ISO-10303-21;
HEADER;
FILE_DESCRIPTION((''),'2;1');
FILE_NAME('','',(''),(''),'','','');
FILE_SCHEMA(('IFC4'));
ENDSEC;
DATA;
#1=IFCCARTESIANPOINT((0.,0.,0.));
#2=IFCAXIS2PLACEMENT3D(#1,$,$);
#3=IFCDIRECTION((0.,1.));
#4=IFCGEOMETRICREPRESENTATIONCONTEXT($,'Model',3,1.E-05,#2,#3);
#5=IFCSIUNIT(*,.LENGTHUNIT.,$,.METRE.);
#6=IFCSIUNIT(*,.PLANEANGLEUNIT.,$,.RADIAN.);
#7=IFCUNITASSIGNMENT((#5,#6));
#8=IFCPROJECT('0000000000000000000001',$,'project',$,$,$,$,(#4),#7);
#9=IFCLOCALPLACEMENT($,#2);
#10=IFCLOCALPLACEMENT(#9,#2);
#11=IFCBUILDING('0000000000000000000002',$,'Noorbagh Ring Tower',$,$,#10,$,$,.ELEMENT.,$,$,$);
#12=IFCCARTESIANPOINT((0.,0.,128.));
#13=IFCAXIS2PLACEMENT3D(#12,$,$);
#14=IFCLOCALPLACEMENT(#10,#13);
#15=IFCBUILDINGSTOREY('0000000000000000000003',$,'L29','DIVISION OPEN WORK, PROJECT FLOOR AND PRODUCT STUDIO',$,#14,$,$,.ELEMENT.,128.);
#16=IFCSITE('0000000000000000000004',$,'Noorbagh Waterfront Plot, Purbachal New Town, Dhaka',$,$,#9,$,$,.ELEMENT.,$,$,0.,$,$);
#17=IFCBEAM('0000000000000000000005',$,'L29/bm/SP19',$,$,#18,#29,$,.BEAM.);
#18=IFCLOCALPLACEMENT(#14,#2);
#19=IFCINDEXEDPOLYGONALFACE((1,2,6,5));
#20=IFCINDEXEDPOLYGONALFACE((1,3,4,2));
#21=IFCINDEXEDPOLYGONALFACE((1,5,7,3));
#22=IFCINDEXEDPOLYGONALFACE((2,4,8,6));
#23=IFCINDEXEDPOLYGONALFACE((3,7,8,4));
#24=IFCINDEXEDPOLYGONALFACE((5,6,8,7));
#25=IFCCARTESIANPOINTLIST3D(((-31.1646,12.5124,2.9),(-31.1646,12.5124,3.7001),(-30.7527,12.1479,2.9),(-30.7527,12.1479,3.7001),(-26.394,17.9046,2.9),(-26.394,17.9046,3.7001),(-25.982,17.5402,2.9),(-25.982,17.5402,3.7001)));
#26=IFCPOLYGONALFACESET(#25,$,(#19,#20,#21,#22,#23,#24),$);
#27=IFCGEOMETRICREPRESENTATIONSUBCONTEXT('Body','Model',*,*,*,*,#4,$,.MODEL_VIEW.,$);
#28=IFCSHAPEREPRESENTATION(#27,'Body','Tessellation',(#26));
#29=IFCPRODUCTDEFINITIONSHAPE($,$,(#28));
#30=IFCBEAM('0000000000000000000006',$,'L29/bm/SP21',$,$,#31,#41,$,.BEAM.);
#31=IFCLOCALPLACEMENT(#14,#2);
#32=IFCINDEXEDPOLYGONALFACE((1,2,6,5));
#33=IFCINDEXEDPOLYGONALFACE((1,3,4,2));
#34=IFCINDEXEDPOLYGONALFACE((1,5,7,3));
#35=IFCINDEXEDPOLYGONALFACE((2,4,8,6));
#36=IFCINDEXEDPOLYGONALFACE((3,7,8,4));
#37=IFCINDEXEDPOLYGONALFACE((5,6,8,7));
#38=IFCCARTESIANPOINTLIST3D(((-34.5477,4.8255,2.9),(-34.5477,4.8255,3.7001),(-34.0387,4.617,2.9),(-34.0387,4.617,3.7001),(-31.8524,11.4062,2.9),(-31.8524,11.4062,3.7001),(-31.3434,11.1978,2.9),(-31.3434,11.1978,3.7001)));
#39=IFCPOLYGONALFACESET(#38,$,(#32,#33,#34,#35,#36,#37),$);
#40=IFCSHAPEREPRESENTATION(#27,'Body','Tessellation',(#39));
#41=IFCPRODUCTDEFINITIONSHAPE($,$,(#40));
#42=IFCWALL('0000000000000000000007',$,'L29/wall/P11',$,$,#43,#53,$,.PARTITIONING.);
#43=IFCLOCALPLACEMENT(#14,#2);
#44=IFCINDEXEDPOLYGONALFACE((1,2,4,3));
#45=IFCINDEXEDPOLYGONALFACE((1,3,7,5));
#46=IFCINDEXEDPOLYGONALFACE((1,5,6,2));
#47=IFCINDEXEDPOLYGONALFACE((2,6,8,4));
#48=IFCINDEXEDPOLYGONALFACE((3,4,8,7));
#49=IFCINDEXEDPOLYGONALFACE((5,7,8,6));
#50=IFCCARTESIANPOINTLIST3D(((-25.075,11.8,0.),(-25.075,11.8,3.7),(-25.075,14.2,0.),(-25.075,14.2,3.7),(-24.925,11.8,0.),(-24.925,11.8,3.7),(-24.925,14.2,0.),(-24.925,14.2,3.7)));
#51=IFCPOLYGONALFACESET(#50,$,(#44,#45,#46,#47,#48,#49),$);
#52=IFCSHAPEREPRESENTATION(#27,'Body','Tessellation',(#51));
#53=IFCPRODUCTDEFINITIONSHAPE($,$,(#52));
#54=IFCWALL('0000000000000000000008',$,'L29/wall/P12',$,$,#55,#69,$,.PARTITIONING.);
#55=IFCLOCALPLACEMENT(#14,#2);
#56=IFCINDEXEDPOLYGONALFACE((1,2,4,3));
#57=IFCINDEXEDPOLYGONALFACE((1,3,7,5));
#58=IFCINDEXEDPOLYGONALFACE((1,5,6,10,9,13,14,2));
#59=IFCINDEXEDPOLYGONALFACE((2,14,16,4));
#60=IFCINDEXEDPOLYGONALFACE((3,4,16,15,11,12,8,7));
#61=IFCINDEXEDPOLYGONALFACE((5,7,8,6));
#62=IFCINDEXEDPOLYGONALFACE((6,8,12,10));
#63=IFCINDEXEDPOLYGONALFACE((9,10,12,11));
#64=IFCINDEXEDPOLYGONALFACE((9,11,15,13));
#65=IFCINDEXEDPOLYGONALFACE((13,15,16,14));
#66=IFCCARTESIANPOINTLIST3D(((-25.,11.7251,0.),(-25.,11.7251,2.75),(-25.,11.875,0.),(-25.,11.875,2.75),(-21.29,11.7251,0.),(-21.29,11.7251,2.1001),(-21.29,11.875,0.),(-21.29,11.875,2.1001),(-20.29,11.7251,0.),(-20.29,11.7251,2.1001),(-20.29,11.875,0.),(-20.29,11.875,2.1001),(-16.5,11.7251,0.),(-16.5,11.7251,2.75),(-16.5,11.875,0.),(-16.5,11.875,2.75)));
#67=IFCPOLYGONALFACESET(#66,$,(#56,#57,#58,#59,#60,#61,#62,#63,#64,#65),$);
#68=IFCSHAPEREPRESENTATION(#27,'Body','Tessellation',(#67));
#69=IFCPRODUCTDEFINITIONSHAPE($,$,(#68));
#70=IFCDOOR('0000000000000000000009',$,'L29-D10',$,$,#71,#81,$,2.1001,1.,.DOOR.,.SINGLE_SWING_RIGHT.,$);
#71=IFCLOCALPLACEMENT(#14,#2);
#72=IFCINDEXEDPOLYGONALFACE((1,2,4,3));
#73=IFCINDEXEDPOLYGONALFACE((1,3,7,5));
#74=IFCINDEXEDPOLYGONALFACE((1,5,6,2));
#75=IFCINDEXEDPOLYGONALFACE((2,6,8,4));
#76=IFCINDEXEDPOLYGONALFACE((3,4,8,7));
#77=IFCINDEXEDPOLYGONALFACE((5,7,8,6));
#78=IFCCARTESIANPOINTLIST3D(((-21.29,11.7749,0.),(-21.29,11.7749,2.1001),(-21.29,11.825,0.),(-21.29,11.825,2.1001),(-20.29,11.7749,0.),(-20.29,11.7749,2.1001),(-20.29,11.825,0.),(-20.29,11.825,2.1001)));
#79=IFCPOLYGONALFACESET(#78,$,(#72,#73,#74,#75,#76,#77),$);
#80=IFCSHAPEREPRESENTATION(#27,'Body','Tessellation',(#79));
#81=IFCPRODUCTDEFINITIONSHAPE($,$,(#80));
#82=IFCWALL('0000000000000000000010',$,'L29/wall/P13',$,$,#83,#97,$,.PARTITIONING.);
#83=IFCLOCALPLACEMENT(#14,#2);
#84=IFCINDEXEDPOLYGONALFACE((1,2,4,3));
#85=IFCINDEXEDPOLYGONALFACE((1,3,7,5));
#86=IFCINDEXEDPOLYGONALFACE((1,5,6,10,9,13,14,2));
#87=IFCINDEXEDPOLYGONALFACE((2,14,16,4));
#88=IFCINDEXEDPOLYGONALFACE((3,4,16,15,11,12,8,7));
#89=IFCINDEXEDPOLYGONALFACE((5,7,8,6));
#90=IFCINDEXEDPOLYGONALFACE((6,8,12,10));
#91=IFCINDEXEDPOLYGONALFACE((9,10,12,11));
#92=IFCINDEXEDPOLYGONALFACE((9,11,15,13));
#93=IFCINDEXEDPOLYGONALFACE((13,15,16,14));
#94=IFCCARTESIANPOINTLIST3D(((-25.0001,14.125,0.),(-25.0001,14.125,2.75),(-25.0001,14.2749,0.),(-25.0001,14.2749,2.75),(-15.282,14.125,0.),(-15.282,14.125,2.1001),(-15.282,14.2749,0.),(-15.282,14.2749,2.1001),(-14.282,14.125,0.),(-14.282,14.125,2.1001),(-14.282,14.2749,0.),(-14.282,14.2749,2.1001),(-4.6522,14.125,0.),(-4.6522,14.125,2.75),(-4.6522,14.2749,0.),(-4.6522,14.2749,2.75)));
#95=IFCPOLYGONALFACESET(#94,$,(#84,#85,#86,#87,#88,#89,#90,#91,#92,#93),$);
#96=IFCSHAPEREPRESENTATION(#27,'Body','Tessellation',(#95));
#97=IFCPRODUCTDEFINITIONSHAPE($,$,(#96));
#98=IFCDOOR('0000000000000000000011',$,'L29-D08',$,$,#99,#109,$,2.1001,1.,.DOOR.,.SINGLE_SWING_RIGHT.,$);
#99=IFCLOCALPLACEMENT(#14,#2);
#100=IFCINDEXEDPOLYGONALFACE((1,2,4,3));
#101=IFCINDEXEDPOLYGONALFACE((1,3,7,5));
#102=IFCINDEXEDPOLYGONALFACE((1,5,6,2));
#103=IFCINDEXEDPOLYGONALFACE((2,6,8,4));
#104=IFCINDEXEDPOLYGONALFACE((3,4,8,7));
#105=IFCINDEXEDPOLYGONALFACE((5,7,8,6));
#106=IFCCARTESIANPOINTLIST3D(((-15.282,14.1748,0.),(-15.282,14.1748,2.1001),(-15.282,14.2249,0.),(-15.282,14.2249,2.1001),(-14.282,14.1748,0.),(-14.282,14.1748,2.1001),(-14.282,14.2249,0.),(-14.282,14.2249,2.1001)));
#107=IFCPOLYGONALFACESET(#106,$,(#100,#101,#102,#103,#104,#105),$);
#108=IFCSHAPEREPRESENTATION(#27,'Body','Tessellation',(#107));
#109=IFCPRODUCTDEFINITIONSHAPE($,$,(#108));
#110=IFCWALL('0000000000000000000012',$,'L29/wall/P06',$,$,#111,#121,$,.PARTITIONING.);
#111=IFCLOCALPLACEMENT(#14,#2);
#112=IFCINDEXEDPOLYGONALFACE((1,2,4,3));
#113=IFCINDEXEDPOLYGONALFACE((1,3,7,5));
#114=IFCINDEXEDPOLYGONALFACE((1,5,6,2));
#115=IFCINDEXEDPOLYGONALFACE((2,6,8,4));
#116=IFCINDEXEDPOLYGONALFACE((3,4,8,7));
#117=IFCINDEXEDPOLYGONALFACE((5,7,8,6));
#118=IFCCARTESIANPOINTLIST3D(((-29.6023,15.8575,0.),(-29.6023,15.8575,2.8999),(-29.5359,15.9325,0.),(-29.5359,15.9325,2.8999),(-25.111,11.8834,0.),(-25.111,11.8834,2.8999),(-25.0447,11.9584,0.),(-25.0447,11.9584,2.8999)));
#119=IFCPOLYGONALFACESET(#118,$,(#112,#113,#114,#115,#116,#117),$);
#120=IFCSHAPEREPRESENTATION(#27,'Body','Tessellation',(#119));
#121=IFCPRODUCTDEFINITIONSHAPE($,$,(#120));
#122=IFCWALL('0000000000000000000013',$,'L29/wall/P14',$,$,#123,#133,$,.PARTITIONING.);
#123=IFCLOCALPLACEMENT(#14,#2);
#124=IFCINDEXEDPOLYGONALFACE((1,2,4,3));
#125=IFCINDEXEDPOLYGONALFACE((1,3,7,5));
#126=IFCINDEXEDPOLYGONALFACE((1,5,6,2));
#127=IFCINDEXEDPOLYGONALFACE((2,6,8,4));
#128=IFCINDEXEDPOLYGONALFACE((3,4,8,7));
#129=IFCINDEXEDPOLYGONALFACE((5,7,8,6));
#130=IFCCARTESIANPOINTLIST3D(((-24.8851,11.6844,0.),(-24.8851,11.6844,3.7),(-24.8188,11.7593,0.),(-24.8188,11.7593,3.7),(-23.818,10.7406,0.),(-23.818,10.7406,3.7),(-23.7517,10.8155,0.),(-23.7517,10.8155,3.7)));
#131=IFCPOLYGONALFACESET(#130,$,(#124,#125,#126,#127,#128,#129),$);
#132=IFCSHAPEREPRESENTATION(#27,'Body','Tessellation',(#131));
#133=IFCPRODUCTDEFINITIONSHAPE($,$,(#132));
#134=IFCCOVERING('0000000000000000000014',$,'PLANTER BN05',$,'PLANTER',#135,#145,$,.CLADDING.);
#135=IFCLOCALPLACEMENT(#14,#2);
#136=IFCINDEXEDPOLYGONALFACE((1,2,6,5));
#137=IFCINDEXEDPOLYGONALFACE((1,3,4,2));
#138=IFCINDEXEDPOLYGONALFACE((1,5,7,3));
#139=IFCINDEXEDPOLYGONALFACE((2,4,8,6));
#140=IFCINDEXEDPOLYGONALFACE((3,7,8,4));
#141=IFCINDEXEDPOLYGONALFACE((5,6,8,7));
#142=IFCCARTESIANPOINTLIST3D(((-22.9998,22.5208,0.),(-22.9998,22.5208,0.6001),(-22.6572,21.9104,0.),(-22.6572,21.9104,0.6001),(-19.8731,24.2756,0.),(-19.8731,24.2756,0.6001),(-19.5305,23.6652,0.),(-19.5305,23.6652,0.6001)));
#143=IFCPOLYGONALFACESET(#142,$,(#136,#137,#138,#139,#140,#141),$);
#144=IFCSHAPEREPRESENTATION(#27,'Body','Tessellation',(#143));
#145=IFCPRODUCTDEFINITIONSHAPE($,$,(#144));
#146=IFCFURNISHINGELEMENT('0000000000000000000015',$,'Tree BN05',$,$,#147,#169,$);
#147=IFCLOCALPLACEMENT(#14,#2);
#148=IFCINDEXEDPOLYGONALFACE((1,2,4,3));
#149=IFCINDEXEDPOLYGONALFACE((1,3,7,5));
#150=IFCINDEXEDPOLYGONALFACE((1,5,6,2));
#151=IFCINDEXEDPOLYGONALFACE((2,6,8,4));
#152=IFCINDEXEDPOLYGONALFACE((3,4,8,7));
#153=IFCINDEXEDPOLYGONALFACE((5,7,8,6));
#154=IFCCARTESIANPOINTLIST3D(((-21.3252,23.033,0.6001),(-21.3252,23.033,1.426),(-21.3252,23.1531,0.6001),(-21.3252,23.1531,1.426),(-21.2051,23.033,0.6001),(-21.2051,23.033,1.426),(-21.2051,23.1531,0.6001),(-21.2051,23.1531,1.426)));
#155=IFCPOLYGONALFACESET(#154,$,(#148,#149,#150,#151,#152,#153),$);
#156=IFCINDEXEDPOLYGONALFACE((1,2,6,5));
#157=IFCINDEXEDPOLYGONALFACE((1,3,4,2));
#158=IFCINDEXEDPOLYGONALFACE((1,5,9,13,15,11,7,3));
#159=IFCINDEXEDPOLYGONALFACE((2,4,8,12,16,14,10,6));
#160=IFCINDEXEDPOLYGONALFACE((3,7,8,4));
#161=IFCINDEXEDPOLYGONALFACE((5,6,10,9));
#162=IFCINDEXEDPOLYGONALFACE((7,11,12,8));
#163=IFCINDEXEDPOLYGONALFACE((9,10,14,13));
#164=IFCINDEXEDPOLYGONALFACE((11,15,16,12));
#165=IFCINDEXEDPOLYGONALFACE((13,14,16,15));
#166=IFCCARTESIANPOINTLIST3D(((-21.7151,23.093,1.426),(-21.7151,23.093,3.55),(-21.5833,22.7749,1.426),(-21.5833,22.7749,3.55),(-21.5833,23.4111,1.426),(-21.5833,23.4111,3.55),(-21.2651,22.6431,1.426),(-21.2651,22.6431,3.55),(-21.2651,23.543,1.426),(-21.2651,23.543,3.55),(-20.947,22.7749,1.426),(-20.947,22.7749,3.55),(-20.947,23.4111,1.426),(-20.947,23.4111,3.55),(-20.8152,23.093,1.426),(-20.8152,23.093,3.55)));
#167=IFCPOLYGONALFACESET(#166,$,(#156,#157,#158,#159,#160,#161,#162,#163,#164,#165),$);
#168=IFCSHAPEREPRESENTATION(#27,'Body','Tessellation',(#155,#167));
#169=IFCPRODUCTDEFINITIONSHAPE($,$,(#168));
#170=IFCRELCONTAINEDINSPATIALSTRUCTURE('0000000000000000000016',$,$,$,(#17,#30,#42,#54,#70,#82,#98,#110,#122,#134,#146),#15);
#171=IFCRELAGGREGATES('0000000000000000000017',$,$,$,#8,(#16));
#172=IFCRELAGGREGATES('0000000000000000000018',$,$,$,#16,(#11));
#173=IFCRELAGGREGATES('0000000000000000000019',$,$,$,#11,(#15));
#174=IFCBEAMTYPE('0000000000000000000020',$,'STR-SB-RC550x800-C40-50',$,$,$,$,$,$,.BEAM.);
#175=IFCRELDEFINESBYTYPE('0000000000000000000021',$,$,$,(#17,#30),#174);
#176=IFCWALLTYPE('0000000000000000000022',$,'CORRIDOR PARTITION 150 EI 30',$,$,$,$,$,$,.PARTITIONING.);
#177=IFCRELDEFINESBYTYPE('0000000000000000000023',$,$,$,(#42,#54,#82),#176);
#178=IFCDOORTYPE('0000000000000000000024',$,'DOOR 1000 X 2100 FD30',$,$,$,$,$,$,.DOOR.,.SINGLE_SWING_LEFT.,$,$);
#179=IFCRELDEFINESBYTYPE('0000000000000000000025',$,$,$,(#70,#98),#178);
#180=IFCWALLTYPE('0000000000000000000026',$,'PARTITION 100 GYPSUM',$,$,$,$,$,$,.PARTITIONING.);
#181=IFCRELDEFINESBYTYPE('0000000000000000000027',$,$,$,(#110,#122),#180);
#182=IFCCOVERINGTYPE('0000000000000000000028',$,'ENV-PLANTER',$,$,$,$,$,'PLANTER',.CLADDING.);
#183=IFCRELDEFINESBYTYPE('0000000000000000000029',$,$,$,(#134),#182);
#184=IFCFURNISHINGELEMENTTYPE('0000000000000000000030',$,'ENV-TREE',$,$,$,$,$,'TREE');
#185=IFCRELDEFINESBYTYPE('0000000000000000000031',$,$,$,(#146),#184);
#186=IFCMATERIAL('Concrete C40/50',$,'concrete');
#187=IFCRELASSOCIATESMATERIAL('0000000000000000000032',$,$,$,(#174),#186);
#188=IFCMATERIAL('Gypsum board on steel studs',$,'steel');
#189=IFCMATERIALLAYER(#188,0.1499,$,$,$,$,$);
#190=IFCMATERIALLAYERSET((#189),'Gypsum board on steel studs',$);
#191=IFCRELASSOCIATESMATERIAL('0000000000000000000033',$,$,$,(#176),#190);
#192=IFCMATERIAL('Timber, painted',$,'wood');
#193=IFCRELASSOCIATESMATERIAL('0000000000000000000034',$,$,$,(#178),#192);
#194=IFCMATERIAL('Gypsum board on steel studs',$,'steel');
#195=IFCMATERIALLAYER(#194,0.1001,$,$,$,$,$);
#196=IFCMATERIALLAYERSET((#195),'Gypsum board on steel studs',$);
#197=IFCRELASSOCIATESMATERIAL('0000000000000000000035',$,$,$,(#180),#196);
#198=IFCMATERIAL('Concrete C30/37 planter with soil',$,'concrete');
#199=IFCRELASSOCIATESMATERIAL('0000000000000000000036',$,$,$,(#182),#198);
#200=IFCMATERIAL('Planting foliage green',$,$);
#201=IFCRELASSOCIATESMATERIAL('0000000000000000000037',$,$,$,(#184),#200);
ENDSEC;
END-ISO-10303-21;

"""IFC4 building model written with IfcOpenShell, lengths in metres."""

from ifc_helpers import new_model, si_unit, direction, frame, frame_2d, origin, origin_2d, place, context, subcontext, project, spatial, polyline, rectangle, outline, extrude, material, layer, layer_set, material_profile, profile_set, type_object, element, fill, save


model = new_model("IFC4")

# Units and contexts
model_context = context("Model", 3, precision=1e-05, world=origin(), true_north=direction((0.0, 1.0)))
body_context = subcontext(model_context, "Body", "Model", "MODEL_VIEW")
ifc_project = project(units=[si_unit("LENGTHUNIT", "METRE"), si_unit("PLANEANGLEUNIT", "RADIAN")], contexts=[model_context])

# Site, building, storey
site_placement = place(None, origin())
site = spatial("IfcSite", under=ifc_project, at=site_placement, Name="Noorbagh Waterfront Plot, Purbachal New Town, Dhaka", CompositionType="ELEMENT", RefElevation=0.0)
building_placement = place(site_placement, origin())
building = spatial("IfcBuilding", under=site, at=building_placement, Name="Noorbagh Ring Tower", CompositionType="ELEMENT")
storey_placement = place(building_placement, frame((0.0, 0.0, 128.0)))
storey = spatial("IfcBuildingStorey", under=building, at=storey_placement, Name="L29", Description="DIVISION OPEN WORK, PROJECT FLOOR AND PRODUCT STUDIO", CompositionType="ELEMENT", Elevation=128.0)

# Beams
ifc_material_1 = material(Name="Concrete C40/50", Category="concrete")
ifc_material_profile_1 = material_profile(ifc_material_1, rectangle(XDim=0.55, YDim=0.8, at=origin_2d()), Name="RC550x800")
ifc_profile_set_1 = profile_set([ifc_material_profile_1], Name="Concrete C40/50")
beam_type_1 = type_object("IfcBeamType", Name="STR-SB-RC550x800-C40-50", PredefinedType="BEAM", material=ifc_profile_set_1)
beam_1_placement = place(storey_placement, frame((-26.188, 17.7224, 3.3), z_axis=(-0.662621, -0.748954, 0.0), x_axis=(0.748954, -0.662621, 0.0)))
element("IfcBeam", 1, at=beam_1_placement, inside=storey, type_object=beam_type_1, Name="L29/bm/SP19", PredefinedType="BEAM", context=body_context, shape_type="SweptSolid", body=[
    extrude(rectangle(XDim=0.55, YDim=0.8, at=origin_2d()), origin(), (0.0, 0.0, 1.0), 7.1997),
])
beam_2_placement = place(storey_placement, frame((-31.5979, 11.302, 3.3), z_axis=(-0.379014, -0.925391, 0.0), x_axis=(0.925391, -0.379014, 0.0)))
element("IfcBeam", 2, at=beam_2_placement, inside=storey, type_object=beam_type_1, Name="L29/bm/SP21", PredefinedType="BEAM", context=body_context, shape_type="SweptSolid", body=[
    extrude(rectangle(XDim=0.55, YDim=0.8, at=origin_2d()), origin(), (0.0, 0.0, 1.0), 7.1113),
])

# Wall
ifc_material_2 = material(Name="Gypsum board on steel studs", Category="steel")
ifc_layer_1 = layer(ifc_material_2, 0.1499)
ifc_layer_set_1 = layer_set([ifc_layer_1], Name="Gypsum board on steel studs")
wall_type_1 = type_object("IfcWallType", Name="CORRIDOR PARTITION 150 EI 30", PredefinedType="PARTITIONING", material=ifc_layer_set_1)
wall_1_placement = place(storey_placement, frame((-25.0, 11.8, 0.0), z_axis=(0.0, 0.0, 1.0), x_axis=(0.0, 1.0, 0.0)))
element("IfcWall", 3, at=wall_1_placement, inside=storey, type_object=wall_type_1, Name="L29/wall/P11", PredefinedType="PARTITIONING", context=body_context, shape_type="SweptSolid", body=[
    extrude(rectangle(XDim=2.3999, YDim=0.1499, at=frame_2d((1.2, 0.0))), origin(), (0.0, 0.0, 1.0), 3.7),
])

# Walls, openings, doors
wall_2_placement = place(storey_placement, frame((-25.0, 11.8, 0.0), z_axis=(0.0, 0.0, 1.0), x_axis=(1.0, 0.0, 0.0)))
wall_2 = element("IfcWall", 4, at=wall_2_placement, inside=storey, type_object=wall_type_1, Name="L29/wall/P12", PredefinedType="PARTITIONING", context=body_context, shape_type="SweptSolid", body=[
    extrude(rectangle(XDim=8.5, YDim=0.1499, at=frame_2d((4.25, 0.0))), origin(), (0.0, 0.0, 1.0), 2.75),
])
opening_1_placement = place(wall_2_placement, frame((3.71, 0.0, 0.0)))
opening_1 = element("IfcOpeningElement", 5, at=opening_1_placement, cuts=wall_2, PredefinedType="OPENING", context=body_context, shape_type="SweptSolid", body=[
    extrude(rectangle(XDim=1.0, YDim=2.1001, at=frame_2d((0.5, 1.05))), frame((0.0, 0.085, 0.0), z_axis=(0.0, -1.0, 0.0), x_axis=(1.0, 0.0, 0.0)), (0.0, 0.0, 1.0), 0.1699),
])
ifc_material_3 = material(Name="Timber, painted", Category="wood")
door_type = type_object("IfcDoorType", Name="DOOR 1000 X 2100 FD30", OperationType="SINGLE_SWING_LEFT", PredefinedType="DOOR", material=ifc_material_3)
door_1_placement = place(opening_1_placement, origin())
door_1 = element("IfcDoor", 6, at=door_1_placement, inside=storey, type_object=door_type, Name="L29-D10", OperationType="SINGLE_SWING_RIGHT", OverallHeight=2.1001, OverallWidth=1.0, PredefinedType="DOOR", context=body_context, shape_type="SweptSolid", body=[
    extrude(rectangle(XDim=1.0, YDim=2.1001, at=frame_2d((0.5, 1.05))), frame((0.0, 0.0249, 0.0), z_axis=(0.0, -1.0, 0.0), x_axis=(1.0, 0.0, 0.0)), (0.0, 0.0, 1.0), 0.05),
])
fill(opening_1, door_1)
wall_3_placement = place(storey_placement, frame((-25.0, 14.2, 0.0), z_axis=(0.0, 0.0, 1.0), x_axis=(1.0, 0.0, 0.0)))
wall_3 = element("IfcWall", 7, at=wall_3_placement, inside=storey, type_object=wall_type_1, Name="L29/wall/P13", PredefinedType="PARTITIONING", context=body_context, shape_type="SweptSolid", body=[
    extrude(rectangle(XDim=20.3479, YDim=0.1499, at=frame_2d((10.1738, 0.0))), origin(), (0.0, 0.0, 1.0), 2.75),
])
opening_2_placement = place(wall_3_placement, frame((9.718, 0.0, 0.0)))
opening_2 = element("IfcOpeningElement", 8, at=opening_2_placement, cuts=wall_3, PredefinedType="OPENING", context=body_context, shape_type="SweptSolid", body=[
    extrude(rectangle(XDim=1.0, YDim=2.1001, at=frame_2d((0.5, 1.05))), frame((0.0, 0.085, 0.0), z_axis=(0.0, -1.0, 0.0), x_axis=(1.0, 0.0, 0.0)), (0.0, 0.0, 1.0), 0.1699),
])
door_2_placement = place(opening_2_placement, origin())
door_2 = element("IfcDoor", 9, at=door_2_placement, inside=storey, type_object=door_type, Name="L29-D08", OperationType="SINGLE_SWING_RIGHT", OverallHeight=2.1001, OverallWidth=1.0, PredefinedType="DOOR", context=body_context, shape_type="SweptSolid", body=[
    extrude(rectangle(XDim=1.0, YDim=2.1001, at=frame_2d((0.5, 1.05))), frame((0.0, 0.0249, 0.0), z_axis=(0.0, -1.0, 0.0), x_axis=(1.0, 0.0, 0.0)), (0.0, 0.0, 1.0), 0.05),
])
fill(opening_2, door_2)

# Walls
ifc_material_4 = material(Name="Gypsum board on steel studs", Category="steel")
ifc_layer_2 = layer(ifc_material_4, 0.1001)
ifc_layer_set_2 = layer_set([ifc_layer_2], Name="Gypsum board on steel studs")
wall_type_2 = type_object("IfcWallType", Name="PARTITION 100 GYPSUM", PredefinedType="PARTITIONING", material=ifc_layer_set_2)
wall_4_placement = place(storey_placement, frame((-29.5691, 15.895, 0.0), z_axis=(0.0, 0.0, 1.0), x_axis=(0.748903, -0.662679, 0.0)))
element("IfcWall", 10, at=wall_4_placement, inside=storey, type_object=wall_type_2, Name="L29/wall/P06", PredefinedType="PARTITIONING", context=body_context, shape_type="SweptSolid", body=[
    extrude(rectangle(XDim=5.9971, YDim=0.1001, at=frame_2d((2.9985, 0.0))), origin(), (0.0, 0.0, 1.0), 2.8999),
])
wall_5_placement = place(storey_placement, frame((-24.8521, 11.7219, 0.0), z_axis=(0.0, 0.0, 1.0), x_axis=(0.749052, -0.662511, 0.0)))
element("IfcWall", 11, at=wall_5_placement, inside=storey, type_object=wall_type_2, Name="L29/wall/P14", PredefinedType="PARTITIONING", context=body_context, shape_type="SweptSolid", body=[
    extrude(rectangle(XDim=1.4246, YDim=0.1001, at=frame_2d((0.7124, 0.0))), origin(), (0.0, 0.0, 1.0), 3.7),
])

# Covering
ifc_material_5 = material(Name="Concrete C30/37 planter with soil", Category="concrete")
covering_type = type_object("IfcCoveringType", Name="ENV-PLANTER", ElementType="PLANTER", PredefinedType="CLADDING", material=ifc_material_5)
covering_placement = place(storey_placement, frame((-21.2651, 23.093, 0.0), z_axis=(0.0, 0.0, 1.0), x_axis=(-0.872045, -0.489426, 0.0)))
element("IfcCovering", 12, at=covering_placement, inside=storey, type_object=covering_type, Name="PLANTER BN05", ObjectType="PLANTER", PredefinedType="CLADDING", context=body_context, shape_type="SweptSolid", body=[
    extrude(rectangle(XDim=3.5854, YDim=0.7, at=origin_2d()), origin(), (0.0, 0.0, 1.0), 0.6001),
])

# Furnishing element
ifc_material_6 = material(Name="Planting foliage green")
furnishing_element_type = type_object("IfcFurnishingElementType", Name="ENV-TREE", ElementType="TREE", material=ifc_material_6)
furnishing_placement = place(storey_placement, frame((-21.2651, 23.093, 0.6001), z_axis=(0.0, 0.0, 1.0), x_axis=(1.0, 0.0, 0.0)))
element("IfcFurnishingElement", 13, at=furnishing_placement, inside=storey, type_object=furnishing_element_type, Name="Tree BN05", context=body_context, shape_type="SweptSolid", body=[
    extrude(rectangle(XDim=0.1201, YDim=0.1201, at=origin_2d()), origin(), (0.0, 0.0, 1.0), 0.8259),
    extrude(outline(polyline([(0.45, 0.0), (0.3181, 0.3181), (0.0, 0.45), (-0.3181, 0.3181), (-0.45, 0.0), (-0.3181, -0.3181), (0.0, -0.45), (0.3181, -0.3181), (0.45, 0.0)])), frame((0.0, 0.0, 0.8259)), (0.0, 0.0, 1.0), 2.124),
])

save(model, "model.ifc")
